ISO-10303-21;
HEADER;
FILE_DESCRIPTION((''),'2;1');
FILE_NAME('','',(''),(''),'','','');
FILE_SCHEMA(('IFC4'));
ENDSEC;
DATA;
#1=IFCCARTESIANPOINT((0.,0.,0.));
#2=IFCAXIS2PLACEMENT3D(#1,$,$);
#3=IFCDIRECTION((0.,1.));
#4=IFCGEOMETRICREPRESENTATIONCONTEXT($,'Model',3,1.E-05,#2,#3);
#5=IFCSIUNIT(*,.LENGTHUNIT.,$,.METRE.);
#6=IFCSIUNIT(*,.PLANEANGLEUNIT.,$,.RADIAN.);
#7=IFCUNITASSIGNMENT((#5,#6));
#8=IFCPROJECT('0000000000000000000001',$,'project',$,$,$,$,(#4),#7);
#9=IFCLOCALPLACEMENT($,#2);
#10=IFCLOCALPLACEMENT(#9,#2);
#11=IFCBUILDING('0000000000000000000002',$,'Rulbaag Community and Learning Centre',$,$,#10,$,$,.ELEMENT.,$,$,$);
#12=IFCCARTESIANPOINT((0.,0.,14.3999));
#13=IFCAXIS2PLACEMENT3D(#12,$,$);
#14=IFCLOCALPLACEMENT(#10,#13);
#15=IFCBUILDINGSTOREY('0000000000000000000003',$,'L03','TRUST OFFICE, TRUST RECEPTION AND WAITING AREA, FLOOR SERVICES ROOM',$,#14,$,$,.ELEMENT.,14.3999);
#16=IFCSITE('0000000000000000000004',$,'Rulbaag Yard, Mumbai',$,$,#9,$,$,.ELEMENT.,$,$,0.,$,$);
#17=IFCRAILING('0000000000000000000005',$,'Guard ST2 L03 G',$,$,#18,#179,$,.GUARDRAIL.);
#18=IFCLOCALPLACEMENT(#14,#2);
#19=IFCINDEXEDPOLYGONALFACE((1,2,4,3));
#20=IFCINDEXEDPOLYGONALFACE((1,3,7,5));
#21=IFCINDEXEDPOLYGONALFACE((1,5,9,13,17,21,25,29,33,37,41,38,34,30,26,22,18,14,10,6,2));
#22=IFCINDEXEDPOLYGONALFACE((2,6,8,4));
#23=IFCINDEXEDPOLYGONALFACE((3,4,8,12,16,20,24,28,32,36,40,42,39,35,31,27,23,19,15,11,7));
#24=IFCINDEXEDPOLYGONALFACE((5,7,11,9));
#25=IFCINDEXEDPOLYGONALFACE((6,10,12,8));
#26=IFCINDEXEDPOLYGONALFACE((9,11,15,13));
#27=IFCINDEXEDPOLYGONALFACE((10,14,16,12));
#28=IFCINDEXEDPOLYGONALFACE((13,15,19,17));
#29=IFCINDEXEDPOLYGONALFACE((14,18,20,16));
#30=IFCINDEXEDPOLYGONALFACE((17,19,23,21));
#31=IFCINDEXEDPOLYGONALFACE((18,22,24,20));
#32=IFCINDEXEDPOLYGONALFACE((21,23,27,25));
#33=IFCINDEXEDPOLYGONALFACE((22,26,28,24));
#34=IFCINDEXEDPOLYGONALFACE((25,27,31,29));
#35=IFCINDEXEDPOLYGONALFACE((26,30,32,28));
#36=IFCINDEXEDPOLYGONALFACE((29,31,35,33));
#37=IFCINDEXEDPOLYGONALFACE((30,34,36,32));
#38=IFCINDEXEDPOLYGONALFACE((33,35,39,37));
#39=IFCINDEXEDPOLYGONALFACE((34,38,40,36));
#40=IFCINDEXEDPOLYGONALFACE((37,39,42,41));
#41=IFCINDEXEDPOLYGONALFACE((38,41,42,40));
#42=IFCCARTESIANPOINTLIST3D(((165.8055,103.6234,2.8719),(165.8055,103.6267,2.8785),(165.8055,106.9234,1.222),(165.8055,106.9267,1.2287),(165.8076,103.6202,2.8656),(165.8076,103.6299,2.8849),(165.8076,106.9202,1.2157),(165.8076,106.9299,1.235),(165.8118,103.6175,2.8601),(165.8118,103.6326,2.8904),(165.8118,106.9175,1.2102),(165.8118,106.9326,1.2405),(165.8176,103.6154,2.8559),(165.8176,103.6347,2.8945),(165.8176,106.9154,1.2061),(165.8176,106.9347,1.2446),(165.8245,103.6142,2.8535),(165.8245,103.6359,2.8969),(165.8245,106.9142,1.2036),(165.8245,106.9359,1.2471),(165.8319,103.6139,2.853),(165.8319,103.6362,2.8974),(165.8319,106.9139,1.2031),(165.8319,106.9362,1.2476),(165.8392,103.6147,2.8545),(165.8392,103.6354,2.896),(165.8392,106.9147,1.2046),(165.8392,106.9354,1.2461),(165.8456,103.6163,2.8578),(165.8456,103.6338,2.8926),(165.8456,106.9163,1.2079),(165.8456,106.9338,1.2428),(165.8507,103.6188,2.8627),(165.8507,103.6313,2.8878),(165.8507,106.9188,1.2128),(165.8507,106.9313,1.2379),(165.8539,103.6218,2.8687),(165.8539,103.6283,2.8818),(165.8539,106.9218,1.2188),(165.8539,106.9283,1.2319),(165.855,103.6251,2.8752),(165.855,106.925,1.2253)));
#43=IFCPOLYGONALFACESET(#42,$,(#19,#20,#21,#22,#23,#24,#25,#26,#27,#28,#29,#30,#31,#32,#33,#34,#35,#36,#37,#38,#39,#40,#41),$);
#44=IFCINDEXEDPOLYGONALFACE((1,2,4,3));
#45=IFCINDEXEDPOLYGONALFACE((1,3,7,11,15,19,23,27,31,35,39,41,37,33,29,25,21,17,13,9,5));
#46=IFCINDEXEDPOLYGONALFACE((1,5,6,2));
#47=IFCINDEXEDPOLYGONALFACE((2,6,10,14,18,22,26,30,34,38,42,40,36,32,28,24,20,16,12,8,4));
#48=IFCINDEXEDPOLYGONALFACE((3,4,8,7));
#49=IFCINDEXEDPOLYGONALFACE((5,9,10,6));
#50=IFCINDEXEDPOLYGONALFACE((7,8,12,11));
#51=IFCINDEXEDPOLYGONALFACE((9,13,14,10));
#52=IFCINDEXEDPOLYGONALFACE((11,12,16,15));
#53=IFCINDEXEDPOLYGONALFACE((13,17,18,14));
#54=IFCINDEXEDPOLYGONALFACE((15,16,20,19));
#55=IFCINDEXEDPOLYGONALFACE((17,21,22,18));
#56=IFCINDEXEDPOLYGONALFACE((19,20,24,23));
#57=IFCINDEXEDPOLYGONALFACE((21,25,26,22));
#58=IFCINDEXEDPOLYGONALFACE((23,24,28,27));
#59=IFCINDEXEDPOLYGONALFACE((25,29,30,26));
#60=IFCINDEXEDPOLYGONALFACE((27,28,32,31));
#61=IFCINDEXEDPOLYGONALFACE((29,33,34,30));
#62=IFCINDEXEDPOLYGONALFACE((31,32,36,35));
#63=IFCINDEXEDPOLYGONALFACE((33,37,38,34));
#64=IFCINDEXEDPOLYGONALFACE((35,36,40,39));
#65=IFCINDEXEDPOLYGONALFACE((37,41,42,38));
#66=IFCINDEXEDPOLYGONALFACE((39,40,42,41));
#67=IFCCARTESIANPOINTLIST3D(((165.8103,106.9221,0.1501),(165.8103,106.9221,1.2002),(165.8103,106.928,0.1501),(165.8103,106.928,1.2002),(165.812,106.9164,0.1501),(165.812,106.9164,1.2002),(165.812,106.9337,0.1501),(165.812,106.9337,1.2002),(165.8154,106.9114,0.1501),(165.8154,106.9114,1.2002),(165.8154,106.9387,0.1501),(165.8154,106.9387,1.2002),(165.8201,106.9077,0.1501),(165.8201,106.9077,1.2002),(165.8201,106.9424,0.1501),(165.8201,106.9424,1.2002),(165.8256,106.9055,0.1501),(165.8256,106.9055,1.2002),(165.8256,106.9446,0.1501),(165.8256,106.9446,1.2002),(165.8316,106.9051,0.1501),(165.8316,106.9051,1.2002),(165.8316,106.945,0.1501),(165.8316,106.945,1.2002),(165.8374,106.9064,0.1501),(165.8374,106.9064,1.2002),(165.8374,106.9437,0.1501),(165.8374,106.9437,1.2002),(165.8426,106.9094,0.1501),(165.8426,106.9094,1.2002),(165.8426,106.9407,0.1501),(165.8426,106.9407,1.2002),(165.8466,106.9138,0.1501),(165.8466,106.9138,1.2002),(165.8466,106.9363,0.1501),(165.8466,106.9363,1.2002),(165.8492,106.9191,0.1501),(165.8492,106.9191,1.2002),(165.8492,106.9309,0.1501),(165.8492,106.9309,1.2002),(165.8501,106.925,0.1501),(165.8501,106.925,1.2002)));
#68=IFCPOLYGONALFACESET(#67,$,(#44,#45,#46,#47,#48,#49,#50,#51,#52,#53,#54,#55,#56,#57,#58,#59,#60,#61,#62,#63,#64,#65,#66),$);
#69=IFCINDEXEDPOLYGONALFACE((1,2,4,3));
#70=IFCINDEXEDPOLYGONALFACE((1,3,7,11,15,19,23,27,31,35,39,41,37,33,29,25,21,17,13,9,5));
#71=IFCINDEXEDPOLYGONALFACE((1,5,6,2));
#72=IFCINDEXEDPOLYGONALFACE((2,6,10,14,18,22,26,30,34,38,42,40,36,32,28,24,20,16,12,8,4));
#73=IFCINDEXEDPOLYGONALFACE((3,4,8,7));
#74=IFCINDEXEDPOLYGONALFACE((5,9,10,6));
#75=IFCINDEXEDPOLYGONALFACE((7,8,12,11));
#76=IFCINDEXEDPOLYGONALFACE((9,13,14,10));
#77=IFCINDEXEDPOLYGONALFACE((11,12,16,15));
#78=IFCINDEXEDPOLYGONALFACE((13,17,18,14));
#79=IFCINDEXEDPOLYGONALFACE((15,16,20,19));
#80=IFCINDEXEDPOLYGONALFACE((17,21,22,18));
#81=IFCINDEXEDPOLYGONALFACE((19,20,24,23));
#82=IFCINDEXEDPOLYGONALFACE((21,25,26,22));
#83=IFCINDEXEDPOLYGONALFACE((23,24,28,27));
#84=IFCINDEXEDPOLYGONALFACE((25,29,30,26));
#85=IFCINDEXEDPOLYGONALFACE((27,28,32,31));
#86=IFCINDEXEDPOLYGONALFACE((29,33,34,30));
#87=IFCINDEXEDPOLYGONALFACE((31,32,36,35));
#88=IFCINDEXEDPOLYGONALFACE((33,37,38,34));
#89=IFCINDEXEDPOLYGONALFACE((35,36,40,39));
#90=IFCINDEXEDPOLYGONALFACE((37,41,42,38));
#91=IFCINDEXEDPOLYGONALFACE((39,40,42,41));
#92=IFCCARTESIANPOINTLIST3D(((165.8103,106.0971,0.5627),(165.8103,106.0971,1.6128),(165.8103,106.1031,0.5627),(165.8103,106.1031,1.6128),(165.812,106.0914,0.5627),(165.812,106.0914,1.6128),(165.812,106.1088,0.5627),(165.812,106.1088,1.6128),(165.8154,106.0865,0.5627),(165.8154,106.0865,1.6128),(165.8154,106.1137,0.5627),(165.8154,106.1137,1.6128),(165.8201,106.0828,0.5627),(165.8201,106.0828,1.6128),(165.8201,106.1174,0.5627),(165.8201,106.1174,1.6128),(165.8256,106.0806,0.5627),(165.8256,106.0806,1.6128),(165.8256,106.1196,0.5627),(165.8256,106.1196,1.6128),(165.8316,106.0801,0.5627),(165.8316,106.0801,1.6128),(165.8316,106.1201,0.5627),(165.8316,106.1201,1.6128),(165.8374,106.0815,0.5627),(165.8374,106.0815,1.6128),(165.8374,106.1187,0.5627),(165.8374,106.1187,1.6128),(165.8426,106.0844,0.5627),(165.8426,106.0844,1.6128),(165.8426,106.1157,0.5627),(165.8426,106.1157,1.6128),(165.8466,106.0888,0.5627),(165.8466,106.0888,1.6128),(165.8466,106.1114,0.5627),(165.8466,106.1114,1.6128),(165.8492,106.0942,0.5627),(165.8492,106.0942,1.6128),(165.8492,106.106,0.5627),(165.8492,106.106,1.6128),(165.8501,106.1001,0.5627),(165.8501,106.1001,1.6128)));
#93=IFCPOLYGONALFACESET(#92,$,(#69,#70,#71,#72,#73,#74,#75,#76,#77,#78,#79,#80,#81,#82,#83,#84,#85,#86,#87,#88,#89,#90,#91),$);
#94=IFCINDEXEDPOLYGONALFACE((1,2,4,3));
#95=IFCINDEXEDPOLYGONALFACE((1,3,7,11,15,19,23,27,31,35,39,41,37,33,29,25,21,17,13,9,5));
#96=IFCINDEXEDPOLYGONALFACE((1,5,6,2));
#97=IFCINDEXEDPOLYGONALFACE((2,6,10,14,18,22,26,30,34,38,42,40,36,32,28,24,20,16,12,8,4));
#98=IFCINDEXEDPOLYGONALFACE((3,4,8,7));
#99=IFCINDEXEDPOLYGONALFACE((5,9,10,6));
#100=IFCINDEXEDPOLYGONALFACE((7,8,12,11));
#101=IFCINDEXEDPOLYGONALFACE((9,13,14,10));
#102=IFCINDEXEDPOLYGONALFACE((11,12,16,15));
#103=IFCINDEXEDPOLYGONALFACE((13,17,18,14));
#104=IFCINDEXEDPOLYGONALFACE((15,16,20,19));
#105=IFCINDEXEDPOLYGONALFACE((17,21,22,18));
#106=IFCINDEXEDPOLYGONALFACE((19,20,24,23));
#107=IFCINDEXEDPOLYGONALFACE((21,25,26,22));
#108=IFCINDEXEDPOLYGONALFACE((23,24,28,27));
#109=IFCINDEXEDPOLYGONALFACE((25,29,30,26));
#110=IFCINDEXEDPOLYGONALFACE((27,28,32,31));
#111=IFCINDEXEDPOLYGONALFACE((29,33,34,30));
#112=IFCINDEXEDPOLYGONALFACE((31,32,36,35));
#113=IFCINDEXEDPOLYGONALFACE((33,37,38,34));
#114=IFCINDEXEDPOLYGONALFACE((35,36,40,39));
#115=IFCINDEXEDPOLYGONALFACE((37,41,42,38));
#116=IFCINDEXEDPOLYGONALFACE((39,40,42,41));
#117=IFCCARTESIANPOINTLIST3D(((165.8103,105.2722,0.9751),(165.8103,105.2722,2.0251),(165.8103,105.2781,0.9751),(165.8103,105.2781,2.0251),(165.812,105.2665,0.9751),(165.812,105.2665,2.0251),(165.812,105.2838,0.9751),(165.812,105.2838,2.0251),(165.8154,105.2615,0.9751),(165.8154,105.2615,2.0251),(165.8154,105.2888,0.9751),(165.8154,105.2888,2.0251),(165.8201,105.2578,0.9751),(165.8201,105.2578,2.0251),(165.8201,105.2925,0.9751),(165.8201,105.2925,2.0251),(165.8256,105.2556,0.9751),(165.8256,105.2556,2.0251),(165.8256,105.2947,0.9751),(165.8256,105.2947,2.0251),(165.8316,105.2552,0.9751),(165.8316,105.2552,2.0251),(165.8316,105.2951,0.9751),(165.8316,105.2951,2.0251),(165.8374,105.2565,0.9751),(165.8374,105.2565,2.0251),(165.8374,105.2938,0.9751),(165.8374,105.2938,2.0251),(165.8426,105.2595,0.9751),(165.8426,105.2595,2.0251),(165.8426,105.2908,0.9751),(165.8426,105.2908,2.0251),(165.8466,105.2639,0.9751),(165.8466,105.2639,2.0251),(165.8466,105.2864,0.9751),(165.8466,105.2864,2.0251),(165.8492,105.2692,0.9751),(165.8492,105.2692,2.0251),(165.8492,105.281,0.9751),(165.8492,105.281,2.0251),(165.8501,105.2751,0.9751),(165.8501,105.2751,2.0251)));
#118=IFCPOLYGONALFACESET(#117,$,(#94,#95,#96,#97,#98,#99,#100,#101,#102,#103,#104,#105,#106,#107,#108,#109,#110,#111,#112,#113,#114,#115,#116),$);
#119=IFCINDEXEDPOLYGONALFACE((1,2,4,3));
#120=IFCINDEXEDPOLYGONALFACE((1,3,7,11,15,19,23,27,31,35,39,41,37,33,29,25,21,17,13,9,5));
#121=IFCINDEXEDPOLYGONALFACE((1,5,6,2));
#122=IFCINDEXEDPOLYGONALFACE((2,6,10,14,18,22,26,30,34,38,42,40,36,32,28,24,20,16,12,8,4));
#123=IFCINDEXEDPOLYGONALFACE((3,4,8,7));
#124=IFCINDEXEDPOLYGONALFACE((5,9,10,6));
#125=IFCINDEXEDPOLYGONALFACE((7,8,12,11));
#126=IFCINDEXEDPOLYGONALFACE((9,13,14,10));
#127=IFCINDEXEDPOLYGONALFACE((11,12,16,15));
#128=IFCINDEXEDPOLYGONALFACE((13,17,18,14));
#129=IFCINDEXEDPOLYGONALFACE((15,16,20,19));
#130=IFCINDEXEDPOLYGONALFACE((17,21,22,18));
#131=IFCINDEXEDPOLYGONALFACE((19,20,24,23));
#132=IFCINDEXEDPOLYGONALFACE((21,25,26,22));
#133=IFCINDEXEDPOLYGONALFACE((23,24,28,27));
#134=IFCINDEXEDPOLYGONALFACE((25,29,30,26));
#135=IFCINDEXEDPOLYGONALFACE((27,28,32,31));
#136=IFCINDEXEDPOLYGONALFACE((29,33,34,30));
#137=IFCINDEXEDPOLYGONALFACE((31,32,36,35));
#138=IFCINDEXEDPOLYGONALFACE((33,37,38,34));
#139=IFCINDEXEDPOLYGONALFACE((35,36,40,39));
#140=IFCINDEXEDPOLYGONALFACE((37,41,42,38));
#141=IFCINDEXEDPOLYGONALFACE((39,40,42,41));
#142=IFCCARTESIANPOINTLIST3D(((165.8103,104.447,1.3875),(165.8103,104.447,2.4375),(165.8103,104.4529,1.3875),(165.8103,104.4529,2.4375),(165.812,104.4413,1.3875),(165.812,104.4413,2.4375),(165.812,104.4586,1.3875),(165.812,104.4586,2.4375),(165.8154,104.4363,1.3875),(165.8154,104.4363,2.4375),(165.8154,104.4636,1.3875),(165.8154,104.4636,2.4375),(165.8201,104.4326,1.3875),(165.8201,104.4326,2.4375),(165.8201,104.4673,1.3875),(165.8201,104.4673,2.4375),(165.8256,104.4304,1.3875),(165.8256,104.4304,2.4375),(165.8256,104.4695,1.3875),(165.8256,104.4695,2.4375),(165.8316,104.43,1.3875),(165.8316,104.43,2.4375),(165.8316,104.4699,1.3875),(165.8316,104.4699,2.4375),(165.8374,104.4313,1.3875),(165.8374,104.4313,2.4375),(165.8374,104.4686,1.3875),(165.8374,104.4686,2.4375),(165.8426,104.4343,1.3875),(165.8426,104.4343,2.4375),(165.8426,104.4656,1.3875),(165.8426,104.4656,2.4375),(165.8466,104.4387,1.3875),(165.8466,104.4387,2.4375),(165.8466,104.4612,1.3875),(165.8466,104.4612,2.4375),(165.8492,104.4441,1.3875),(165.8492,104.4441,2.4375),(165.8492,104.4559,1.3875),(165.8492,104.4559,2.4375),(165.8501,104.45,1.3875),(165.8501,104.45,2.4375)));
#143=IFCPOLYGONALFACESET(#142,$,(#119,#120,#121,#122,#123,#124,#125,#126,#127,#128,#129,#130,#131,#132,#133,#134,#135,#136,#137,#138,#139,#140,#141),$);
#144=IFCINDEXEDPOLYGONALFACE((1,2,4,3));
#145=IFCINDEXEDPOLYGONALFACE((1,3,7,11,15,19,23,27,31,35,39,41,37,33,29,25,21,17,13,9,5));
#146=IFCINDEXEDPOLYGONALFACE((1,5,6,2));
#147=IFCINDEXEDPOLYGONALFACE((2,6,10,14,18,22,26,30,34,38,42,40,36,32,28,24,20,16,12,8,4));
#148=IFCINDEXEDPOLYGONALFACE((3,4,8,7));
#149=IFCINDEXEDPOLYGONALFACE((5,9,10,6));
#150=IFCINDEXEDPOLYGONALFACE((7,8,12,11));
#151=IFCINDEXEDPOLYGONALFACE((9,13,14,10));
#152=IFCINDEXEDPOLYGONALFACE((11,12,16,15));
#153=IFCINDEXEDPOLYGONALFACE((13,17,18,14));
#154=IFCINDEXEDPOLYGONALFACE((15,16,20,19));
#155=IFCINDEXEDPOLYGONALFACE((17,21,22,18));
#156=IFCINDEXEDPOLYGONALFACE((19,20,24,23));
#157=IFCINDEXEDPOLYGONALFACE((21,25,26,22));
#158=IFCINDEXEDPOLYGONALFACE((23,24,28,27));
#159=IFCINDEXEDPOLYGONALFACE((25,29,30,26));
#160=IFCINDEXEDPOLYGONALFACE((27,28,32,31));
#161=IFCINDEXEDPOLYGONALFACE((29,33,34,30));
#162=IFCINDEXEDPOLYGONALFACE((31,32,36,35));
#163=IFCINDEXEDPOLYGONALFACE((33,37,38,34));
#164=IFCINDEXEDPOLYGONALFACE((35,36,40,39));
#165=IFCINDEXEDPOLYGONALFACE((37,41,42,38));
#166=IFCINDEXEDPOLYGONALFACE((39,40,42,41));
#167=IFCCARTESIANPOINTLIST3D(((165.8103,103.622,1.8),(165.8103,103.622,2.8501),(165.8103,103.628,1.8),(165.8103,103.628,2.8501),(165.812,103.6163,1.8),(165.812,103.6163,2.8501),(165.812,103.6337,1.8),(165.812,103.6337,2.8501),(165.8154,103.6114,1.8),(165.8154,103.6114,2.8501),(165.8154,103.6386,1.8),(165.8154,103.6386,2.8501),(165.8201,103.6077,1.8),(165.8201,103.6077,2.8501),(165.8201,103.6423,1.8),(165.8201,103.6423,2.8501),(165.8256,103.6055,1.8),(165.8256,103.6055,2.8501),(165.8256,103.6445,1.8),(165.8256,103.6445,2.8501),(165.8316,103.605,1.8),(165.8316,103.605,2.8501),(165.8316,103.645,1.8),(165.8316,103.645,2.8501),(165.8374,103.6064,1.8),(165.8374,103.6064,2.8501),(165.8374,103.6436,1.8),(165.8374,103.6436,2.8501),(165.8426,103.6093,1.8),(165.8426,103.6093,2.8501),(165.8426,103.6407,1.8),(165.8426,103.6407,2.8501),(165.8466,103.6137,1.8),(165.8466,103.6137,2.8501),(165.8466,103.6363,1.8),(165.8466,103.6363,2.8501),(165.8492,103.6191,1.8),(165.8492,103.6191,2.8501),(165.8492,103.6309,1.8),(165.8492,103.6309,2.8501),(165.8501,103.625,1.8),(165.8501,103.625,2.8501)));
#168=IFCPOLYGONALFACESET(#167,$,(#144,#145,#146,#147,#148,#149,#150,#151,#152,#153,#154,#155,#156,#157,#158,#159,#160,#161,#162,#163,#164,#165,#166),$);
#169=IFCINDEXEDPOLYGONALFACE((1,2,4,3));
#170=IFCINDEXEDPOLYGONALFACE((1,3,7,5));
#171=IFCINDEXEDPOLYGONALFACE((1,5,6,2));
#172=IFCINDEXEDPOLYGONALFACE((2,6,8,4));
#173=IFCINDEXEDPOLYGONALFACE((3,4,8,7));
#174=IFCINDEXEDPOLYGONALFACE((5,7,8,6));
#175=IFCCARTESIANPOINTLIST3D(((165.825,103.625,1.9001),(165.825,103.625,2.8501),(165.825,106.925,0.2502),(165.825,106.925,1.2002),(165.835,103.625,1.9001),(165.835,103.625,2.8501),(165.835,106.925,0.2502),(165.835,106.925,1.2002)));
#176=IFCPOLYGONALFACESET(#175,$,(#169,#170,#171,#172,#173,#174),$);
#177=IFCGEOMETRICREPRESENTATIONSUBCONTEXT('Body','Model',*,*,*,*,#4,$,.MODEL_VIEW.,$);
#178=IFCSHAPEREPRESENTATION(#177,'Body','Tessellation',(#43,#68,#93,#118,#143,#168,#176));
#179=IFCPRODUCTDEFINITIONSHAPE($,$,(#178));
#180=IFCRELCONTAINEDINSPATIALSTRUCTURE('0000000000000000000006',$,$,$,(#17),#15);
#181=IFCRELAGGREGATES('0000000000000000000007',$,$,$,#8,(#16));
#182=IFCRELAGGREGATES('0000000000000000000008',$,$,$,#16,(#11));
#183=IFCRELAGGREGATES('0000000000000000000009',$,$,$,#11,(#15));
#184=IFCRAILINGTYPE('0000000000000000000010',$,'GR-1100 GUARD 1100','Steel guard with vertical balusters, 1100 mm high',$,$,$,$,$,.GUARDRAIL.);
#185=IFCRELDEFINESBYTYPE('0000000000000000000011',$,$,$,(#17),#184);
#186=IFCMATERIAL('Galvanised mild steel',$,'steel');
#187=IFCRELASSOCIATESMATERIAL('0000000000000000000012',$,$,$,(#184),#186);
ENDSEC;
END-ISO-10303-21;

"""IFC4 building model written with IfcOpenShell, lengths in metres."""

from ifc_helpers import new_model, si_unit, direction, frame, origin, origin_2d, place, context, subcontext, project, spatial, polyline, circle, outline, extrude, material, type_object, element, save


model = new_model("IFC4")

# Units and contexts
model_context = context("Model", 3, precision=1e-05, world=origin(), true_north=direction((0.0, 1.0)))
body_context = subcontext(model_context, "Body", "Model", "MODEL_VIEW")
ifc_project = project(units=[si_unit("LENGTHUNIT", "METRE"), si_unit("PLANEANGLEUNIT", "RADIAN")], contexts=[model_context])

# Site, building, storey
site_placement = place(None, origin())
site = spatial("IfcSite", under=ifc_project, at=site_placement, Name="Rulbaag Yard, Mumbai", CompositionType="ELEMENT", RefElevation=0.0)
building_placement = place(site_placement, origin())
building = spatial("IfcBuilding", under=site, at=building_placement, Name="Rulbaag Community and Learning Centre", CompositionType="ELEMENT")
storey_placement = place(building_placement, frame((0.0, 0.0, 14.3999)))
storey = spatial("IfcBuildingStorey", under=building, at=storey_placement, Name="L03", Description="TRUST OFFICE, TRUST RECEPTION AND WAITING AREA, FLOOR SERVICES ROOM", CompositionType="ELEMENT", Elevation=14.3999)

# Railing
ifc_material_1 = material(Name="Galvanised mild steel", Category="steel")
railing_type_1 = type_object("IfcRailingType", Name="GR-1100 GUARD 1100", Description="Steel guard with vertical balusters, 1100 mm high", PredefinedType="GUARDRAIL", material=ifc_material_1)
railing_1_placement = place(storey_placement, frame((165.8301, 106.925, 0.1501)))
element("IfcRailing", 1, at=railing_1_placement, inside=storey, type_object=railing_type_1, Name="Guard ST2 L03 G", PredefinedType="GUARDRAIL", context=body_context, shape_type="SweptSolid", body=[
    extrude(circle(Radius=0.0249, at=origin_2d()), frame((0.0, 0.0, 1.0752), z_axis=(0.0, -0.89444, 0.447187), x_axis=(1.0, 0.0, 0.0)), (0.0, 0.0, 1.0), 3.6895),
    extrude(circle(Radius=0.02, at=origin_2d()), origin(), (0.0, 0.0, 1.0), 1.05),
    extrude(circle(Radius=0.02, at=origin_2d()), frame((0.0, -0.825, 0.4126)), (0.0, 0.0, 1.0), 1.05),
    extrude(circle(Radius=0.02, at=origin_2d()), frame((0.0, -1.6499, 0.825)), (0.0, 0.0, 1.0), 1.05),
    extrude(circle(Radius=0.02, at=origin_2d()), frame((0.0, -2.4751, 1.2373)), (0.0, 0.0, 1.0), 1.05),
    extrude(circle(Radius=0.02, at=origin_2d()), frame((0.0, -3.3, 1.6499)), (0.0, 0.0, 1.0), 1.05),
    extrude(outline(polyline([(0.0, 0.0), (3.3, 1.6499), (3.3, 2.5999), (0.0, 0.95), (0.0, 0.0)])), frame((0.0049, 0.0, 0.1001), z_axis=(-1.0, 0.0, 0.0), x_axis=(0.0, -1.0, 0.0)), (0.0, 0.0, 1.0), 0.01),
])

save(model, "model.ifc")
